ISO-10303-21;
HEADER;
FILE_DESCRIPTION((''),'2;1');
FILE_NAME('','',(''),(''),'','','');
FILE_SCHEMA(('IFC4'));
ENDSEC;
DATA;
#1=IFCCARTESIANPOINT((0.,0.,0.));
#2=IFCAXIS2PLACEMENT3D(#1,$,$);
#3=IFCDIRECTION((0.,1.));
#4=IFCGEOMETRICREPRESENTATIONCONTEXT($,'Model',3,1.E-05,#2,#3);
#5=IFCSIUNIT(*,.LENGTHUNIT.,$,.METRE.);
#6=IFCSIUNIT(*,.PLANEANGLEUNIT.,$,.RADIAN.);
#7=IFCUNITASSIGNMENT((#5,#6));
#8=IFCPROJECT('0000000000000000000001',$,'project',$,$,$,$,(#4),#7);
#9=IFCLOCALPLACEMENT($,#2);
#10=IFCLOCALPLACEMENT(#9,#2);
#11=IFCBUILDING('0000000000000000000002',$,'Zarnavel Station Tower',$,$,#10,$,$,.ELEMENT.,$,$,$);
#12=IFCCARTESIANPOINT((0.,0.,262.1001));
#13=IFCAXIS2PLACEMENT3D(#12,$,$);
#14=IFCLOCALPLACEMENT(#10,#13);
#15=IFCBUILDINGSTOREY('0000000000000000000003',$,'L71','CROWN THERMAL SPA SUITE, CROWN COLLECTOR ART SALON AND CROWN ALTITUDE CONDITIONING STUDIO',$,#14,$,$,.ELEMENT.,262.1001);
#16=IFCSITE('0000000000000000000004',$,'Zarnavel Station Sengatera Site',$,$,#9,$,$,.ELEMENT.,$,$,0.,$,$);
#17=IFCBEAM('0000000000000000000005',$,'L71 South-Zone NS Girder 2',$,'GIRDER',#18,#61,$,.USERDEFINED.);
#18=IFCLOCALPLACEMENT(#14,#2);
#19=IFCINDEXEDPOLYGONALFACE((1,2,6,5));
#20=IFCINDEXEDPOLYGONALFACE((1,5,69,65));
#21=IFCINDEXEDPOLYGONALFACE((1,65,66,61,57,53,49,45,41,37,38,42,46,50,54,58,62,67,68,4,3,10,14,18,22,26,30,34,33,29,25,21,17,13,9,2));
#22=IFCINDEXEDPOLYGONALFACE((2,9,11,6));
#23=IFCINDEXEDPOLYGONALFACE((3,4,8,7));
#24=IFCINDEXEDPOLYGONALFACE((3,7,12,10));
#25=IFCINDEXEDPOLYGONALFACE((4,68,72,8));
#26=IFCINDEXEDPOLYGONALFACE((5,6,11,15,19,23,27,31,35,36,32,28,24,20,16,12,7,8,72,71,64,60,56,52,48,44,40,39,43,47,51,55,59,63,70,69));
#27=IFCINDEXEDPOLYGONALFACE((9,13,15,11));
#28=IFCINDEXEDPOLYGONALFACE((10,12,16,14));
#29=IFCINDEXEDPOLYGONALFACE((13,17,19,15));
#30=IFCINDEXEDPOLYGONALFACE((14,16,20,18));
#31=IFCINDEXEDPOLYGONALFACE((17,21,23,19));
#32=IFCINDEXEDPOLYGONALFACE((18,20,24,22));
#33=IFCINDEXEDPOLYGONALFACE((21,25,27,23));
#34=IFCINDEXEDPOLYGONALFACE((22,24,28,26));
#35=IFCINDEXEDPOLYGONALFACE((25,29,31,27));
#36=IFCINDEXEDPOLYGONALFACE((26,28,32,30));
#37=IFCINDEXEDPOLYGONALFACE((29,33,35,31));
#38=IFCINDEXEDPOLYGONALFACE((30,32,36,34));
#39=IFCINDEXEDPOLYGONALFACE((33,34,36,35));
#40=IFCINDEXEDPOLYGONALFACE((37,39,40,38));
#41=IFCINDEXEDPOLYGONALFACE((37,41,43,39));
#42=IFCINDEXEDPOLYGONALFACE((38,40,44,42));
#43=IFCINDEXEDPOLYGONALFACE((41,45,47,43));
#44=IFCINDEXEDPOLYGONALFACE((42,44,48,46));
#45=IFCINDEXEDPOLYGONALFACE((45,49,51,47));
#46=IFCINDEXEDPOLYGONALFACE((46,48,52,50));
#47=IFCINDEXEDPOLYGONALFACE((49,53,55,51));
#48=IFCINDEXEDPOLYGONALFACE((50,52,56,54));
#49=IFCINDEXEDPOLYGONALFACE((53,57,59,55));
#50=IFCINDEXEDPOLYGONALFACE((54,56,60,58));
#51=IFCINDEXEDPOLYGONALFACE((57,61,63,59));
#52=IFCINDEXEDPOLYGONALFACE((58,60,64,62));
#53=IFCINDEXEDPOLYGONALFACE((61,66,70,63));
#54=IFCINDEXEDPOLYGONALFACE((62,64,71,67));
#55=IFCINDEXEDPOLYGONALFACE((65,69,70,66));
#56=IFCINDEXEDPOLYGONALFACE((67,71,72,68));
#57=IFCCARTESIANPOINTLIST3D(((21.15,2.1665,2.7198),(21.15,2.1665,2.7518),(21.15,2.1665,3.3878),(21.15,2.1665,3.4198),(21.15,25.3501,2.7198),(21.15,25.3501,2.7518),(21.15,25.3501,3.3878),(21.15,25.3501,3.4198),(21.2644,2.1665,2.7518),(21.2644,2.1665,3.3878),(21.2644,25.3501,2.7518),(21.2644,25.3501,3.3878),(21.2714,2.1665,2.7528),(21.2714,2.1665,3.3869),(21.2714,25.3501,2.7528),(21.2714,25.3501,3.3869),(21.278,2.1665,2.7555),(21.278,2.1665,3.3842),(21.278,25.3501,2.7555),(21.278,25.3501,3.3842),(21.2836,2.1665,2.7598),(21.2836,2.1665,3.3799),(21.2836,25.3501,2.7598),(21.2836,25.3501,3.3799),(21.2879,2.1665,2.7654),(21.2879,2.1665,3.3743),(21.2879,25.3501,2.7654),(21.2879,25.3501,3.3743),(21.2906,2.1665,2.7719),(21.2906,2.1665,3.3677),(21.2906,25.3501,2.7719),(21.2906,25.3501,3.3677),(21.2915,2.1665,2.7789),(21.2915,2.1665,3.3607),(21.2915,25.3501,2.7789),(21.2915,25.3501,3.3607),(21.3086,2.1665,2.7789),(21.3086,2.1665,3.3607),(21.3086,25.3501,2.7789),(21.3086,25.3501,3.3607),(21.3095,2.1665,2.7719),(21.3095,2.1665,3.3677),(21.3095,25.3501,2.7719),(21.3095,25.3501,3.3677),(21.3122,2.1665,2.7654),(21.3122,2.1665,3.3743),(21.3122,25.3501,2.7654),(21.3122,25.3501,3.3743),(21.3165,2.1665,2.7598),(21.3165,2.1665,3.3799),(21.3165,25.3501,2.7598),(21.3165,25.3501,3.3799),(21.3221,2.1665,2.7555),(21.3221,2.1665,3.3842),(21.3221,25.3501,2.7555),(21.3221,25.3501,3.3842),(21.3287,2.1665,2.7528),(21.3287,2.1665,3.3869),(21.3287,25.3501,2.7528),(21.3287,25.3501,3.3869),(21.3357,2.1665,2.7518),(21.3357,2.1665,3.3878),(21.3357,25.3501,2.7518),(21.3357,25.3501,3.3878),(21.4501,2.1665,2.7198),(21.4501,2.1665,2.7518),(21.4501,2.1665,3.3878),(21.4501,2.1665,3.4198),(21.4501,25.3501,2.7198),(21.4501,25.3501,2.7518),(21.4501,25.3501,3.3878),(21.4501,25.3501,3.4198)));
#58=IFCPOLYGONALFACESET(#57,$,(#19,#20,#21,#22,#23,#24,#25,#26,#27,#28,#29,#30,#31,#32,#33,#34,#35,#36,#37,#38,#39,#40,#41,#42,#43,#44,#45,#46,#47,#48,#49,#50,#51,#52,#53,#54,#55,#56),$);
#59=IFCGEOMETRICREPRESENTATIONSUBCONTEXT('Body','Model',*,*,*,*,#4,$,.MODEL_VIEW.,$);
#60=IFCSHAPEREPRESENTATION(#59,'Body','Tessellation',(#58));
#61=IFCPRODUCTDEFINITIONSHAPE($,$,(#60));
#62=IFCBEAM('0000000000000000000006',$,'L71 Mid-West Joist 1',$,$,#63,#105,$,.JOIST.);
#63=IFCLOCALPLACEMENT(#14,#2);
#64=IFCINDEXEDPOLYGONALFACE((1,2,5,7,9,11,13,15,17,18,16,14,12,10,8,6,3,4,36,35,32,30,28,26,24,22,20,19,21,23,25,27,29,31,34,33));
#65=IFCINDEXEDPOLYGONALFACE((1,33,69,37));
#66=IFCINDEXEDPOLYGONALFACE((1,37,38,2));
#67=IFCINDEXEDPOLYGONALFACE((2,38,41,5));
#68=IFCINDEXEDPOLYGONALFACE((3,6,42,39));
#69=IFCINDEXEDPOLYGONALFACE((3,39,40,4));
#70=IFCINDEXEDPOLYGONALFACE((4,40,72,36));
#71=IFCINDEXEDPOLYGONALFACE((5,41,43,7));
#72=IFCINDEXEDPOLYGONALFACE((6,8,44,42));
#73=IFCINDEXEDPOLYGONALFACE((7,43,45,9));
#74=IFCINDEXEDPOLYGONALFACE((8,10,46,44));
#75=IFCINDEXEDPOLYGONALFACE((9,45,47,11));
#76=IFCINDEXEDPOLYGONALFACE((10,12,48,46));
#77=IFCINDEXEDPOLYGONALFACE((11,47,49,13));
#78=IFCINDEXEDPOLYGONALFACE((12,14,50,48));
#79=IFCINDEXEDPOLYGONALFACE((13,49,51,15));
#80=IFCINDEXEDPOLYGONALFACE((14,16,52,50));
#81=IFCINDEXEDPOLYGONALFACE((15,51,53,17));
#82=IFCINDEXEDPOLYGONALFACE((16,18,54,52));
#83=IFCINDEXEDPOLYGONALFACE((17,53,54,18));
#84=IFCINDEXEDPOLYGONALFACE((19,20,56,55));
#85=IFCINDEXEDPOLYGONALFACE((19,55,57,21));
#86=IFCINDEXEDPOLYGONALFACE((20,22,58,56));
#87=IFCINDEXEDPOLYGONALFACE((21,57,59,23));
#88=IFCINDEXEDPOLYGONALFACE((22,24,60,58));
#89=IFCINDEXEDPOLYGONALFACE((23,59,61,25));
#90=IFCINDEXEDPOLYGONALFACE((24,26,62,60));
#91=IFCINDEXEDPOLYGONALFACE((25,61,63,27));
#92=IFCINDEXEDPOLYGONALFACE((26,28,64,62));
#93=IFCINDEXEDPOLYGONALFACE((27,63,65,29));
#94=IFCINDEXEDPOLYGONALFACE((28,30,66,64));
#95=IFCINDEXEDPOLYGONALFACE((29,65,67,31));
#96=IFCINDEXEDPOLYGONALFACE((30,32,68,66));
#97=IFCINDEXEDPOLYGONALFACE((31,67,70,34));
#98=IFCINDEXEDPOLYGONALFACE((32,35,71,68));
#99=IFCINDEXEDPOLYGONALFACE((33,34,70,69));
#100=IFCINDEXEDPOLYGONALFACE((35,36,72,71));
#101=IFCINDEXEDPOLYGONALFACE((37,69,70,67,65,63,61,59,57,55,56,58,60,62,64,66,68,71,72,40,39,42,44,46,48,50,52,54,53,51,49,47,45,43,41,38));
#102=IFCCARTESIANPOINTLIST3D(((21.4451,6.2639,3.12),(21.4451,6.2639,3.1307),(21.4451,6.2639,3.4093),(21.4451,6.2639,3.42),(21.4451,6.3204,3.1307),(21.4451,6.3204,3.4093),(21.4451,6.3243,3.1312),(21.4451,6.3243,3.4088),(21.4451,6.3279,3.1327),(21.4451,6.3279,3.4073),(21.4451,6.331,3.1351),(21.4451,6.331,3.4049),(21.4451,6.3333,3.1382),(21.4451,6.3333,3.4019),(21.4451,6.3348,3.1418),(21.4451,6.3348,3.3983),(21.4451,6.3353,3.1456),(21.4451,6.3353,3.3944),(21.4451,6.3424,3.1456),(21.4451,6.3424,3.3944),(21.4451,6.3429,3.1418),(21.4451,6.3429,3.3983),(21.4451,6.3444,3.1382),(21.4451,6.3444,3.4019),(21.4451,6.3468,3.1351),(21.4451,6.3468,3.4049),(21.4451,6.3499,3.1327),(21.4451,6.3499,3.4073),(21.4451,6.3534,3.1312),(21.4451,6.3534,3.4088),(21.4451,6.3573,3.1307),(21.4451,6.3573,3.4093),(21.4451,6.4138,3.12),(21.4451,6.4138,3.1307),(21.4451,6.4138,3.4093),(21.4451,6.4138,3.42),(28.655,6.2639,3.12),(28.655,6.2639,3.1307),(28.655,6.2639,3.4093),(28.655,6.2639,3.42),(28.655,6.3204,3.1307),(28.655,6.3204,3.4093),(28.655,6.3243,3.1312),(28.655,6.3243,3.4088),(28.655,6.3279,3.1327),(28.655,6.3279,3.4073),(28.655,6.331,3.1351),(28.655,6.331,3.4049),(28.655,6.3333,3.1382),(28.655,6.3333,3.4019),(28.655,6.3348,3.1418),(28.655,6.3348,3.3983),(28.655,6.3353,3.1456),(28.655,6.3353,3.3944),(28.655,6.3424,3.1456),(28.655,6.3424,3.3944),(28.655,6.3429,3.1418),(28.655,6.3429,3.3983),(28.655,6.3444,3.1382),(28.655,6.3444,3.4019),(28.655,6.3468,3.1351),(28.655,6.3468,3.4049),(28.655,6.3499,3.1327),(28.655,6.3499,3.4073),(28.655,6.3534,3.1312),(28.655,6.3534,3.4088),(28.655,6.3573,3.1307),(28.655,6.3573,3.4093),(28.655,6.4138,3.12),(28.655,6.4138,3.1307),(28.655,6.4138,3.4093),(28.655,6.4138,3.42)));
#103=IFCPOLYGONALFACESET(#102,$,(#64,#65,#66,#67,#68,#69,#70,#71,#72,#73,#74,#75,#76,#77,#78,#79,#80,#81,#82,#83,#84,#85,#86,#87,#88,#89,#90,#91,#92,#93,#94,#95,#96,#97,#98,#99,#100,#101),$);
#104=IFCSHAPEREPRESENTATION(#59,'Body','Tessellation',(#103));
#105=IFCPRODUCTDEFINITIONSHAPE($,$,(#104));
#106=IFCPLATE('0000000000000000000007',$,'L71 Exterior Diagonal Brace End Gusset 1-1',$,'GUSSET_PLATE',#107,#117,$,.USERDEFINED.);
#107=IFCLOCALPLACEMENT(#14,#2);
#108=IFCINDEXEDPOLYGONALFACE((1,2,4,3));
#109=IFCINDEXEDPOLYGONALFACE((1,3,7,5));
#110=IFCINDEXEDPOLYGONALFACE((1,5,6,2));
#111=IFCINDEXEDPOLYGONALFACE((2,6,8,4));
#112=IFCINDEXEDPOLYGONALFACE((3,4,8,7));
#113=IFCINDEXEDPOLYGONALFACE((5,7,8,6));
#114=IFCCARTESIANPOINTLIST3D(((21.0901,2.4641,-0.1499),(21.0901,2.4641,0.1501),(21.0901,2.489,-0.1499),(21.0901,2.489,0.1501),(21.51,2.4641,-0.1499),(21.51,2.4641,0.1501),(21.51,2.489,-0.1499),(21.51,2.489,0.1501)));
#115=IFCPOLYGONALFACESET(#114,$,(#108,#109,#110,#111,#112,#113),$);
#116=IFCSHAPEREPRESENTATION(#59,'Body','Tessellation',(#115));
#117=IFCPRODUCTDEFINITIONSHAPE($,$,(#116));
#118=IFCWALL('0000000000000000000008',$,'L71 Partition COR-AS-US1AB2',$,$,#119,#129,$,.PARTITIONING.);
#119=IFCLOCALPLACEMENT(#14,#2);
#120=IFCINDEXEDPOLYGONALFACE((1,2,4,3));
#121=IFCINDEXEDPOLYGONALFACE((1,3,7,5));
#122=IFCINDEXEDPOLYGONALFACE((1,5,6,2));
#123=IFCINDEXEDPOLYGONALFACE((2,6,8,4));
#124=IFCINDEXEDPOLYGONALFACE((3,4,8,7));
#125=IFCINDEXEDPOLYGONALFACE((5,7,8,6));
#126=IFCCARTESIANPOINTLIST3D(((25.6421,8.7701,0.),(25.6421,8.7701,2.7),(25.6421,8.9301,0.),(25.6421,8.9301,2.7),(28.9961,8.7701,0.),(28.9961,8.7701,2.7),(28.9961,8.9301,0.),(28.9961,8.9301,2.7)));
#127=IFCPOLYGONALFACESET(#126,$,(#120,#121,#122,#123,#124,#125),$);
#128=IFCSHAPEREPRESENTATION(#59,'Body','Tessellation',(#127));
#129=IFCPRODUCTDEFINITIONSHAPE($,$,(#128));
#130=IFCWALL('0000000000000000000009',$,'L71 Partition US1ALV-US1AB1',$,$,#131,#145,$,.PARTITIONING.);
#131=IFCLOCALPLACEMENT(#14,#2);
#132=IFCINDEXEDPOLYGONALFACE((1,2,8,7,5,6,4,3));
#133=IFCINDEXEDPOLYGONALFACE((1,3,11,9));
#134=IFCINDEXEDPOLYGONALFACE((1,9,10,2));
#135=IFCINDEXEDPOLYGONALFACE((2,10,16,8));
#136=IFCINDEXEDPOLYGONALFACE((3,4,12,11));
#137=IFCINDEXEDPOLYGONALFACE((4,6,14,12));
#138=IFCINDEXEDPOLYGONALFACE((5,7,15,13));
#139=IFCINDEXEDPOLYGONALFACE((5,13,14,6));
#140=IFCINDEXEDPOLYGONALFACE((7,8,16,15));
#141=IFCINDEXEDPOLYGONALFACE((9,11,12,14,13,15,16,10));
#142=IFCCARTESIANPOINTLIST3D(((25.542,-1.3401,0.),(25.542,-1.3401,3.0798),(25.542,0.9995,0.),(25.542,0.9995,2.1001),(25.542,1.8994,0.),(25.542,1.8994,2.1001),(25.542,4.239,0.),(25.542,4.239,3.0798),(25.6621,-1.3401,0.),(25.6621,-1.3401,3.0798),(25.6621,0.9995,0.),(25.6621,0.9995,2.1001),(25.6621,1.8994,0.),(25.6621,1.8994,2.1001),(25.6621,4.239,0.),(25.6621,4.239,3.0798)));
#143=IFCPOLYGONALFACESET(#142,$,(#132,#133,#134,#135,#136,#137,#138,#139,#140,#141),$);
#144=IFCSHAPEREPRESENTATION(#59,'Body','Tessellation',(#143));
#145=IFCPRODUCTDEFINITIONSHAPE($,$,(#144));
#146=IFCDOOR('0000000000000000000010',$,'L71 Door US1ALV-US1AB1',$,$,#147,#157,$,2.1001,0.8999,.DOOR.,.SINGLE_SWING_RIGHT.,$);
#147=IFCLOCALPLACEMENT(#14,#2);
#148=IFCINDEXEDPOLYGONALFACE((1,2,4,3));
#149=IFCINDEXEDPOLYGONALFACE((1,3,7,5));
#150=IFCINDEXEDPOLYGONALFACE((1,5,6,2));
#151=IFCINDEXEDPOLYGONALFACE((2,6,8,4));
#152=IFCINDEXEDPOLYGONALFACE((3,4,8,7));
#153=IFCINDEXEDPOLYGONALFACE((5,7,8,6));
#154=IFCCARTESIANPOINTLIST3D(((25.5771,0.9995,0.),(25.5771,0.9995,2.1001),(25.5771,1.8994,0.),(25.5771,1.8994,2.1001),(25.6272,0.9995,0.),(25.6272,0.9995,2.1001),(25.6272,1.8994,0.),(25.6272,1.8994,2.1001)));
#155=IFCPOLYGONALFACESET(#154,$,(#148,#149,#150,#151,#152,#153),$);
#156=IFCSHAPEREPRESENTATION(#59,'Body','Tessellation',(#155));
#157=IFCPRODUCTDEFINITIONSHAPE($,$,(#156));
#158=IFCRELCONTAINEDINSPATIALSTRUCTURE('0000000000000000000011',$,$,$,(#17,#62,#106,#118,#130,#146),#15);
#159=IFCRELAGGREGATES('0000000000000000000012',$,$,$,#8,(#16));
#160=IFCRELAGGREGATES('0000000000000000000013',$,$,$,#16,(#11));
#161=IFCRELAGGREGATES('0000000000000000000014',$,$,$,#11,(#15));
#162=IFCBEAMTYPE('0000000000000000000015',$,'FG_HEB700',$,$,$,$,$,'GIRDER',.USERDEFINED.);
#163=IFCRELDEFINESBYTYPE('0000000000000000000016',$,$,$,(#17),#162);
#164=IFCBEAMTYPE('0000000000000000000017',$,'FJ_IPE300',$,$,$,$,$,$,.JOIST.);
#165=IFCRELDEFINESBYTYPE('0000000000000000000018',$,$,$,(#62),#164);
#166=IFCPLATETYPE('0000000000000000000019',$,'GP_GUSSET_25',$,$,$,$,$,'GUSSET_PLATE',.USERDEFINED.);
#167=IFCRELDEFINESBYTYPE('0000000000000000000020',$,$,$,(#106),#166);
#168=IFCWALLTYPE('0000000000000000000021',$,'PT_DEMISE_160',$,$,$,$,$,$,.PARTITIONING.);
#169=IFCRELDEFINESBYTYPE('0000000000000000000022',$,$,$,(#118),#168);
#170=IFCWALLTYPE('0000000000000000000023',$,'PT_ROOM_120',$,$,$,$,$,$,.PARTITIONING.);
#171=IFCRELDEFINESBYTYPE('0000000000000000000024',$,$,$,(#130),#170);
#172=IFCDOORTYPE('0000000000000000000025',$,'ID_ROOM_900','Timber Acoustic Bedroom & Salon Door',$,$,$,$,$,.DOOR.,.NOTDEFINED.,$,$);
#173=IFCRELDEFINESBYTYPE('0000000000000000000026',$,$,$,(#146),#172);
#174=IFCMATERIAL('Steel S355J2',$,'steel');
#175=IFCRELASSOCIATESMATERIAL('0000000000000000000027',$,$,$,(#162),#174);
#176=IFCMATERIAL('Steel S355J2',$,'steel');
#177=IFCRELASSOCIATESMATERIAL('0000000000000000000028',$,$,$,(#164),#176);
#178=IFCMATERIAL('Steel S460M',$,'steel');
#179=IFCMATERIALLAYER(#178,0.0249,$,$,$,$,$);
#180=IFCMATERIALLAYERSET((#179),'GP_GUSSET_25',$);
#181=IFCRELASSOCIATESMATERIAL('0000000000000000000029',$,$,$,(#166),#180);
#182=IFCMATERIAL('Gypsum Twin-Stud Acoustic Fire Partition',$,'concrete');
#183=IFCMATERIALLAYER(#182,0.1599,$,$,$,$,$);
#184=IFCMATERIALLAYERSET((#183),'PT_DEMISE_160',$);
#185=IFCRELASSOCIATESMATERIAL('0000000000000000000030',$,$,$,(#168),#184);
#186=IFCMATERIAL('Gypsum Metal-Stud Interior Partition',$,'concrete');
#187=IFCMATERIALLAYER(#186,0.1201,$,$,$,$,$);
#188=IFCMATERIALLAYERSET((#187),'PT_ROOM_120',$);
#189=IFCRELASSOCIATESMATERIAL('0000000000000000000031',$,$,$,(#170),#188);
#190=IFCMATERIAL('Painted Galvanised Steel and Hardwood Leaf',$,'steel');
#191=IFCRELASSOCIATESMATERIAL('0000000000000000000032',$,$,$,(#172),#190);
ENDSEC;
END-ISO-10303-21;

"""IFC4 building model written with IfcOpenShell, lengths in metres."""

from ifc_helpers import new_model, si_unit, direction, frame, frame_2d, origin, origin_2d, place, context, subcontext, project, spatial, rectangle, i_section, extrude, material, layer, layer_set, material_profile, profile_set, type_object, element, fill, save


model = new_model("IFC4")

# Units and contexts
model_context = context("Model", 3, precision=1e-05, world=origin(), true_north=direction((0.0, 1.0)))
body_context = subcontext(model_context, "Body", "Model", "MODEL_VIEW")
ifc_project = project(units=[si_unit("LENGTHUNIT", "METRE"), si_unit("PLANEANGLEUNIT", "RADIAN")], contexts=[model_context])

# Site, building, storey
site_placement = place(None, origin())
site = spatial("IfcSite", under=ifc_project, at=site_placement, Name="Zarnavel Station Sengatera Site", CompositionType="ELEMENT", RefElevation=0.0)
building_placement = place(site_placement, origin())
building = spatial("IfcBuilding", under=site, at=building_placement, Name="Zarnavel Station Tower", CompositionType="ELEMENT")
storey_placement = place(building_placement, frame((0.0, 0.0, 262.1001)))
storey = spatial("IfcBuildingStorey", under=building, at=storey_placement, Name="L71", Description="CROWN THERMAL SPA SUITE, CROWN COLLECTOR ART SALON AND CROWN ALTITUDE CONDITIONING STUDIO", CompositionType="ELEMENT", Elevation=262.1001)

# Beams
ifc_material_1 = material(Name="Steel S355J2", Category="steel")
ifc_material_profile_1 = material_profile(ifc_material_1, i_section(OverallWidth=0.3, OverallDepth=0.7, WebThickness=0.0171, FlangeThickness=0.032, FilletRadius=0.0271, at=origin_2d()), Name="HEB700")
ifc_profile_set_1 = profile_set([ifc_material_profile_1], Name="Steel S355J2")
beam_type_1 = type_object("IfcBeamType", Name="FG_HEB700", ElementType="GIRDER", PredefinedType="USERDEFINED", material=ifc_profile_set_1)
beam_1_placement = place(storey_placement, frame((21.3, 2.1665, 3.0698), z_axis=(0.0, 1.0, 0.0), x_axis=(-1.0, 0.0, 0.0)))
element("IfcBeam", 1, at=beam_1_placement, inside=storey, type_object=beam_type_1, Name="L71 South-Zone NS Girder 2", ObjectType="GIRDER", PredefinedType="USERDEFINED", context=body_context, shape_type="SweptSolid", body=[
    extrude(i_section(OverallWidth=0.3, OverallDepth=0.7, WebThickness=0.0171, FlangeThickness=0.032, FilletRadius=0.0271, at=origin_2d()), origin(), (0.0, 0.0, 1.0), 23.1836),
])
ifc_material_2 = material(Name="Steel S355J2", Category="steel")
ifc_material_profile_2 = material_profile(ifc_material_2, i_section(OverallWidth=0.1499, OverallDepth=0.3, WebThickness=0.0071, FlangeThickness=0.0107, FilletRadius=0.0149, at=origin_2d()), Name="IPE300")
ifc_profile_set_2 = profile_set([ifc_material_profile_2], Name="Steel S355J2")
beam_type_2 = type_object("IfcBeamType", Name="FJ_IPE300", PredefinedType="JOIST", material=ifc_profile_set_2)
beam_2_placement = place(storey_placement, frame((21.4451, 6.3389, 3.27), z_axis=(1.0, 0.0, 0.0), x_axis=(0.0, 1.0, 0.0)))
element("IfcBeam", 2, at=beam_2_placement, inside=storey, type_object=beam_type_2, Name="L71 Mid-West Joist 1", PredefinedType="JOIST", context=body_context, shape_type="SweptSolid", body=[
    extrude(i_section(OverallWidth=0.1499, OverallDepth=0.3, WebThickness=0.0071, FlangeThickness=0.0107, FilletRadius=0.0149, at=origin_2d()), origin(), (0.0, 0.0, 1.0), 7.21),
])

# Plate
ifc_material_3 = material(Name="Steel S460M", Category="steel")
ifc_layer_1 = layer(ifc_material_3, 0.0249)
ifc_layer_set_1 = layer_set([ifc_layer_1], Name="GP_GUSSET_25")
plate_type = type_object("IfcPlateType", Name="GP_GUSSET_25", ElementType="GUSSET_PLATE", PredefinedType="USERDEFINED", material=ifc_layer_set_1)
plate_placement = place(storey_placement, frame((21.3, 2.4766, -0.1499), z_axis=(0.0, 0.0, 1.0), x_axis=(1.0, 0.0, 0.0)))
element("IfcPlate", 3, at=plate_placement, inside=storey, type_object=plate_type, Name="L71 Exterior Diagonal Brace End Gusset 1-1", ObjectType="GUSSET_PLATE", PredefinedType="USERDEFINED", context=body_context, shape_type="SweptSolid", body=[
    extrude(rectangle(XDim=0.4199, YDim=0.0249, at=origin_2d()), origin(), (0.0, 0.0, 1.0), 0.3),
])

# Shared definitions
ifc_material_4 = material(Name="Gypsum Twin-Stud Acoustic Fire Partition", Category="concrete")
ifc_layer_2 = layer(ifc_material_4, 0.1599)
ifc_layer_set_2 = layer_set([ifc_layer_2], Name="PT_DEMISE_160")
wall_type_1 = type_object("IfcWallType", Name="PT_DEMISE_160", PredefinedType="PARTITIONING", material=ifc_layer_set_2)

# Wall
wall_1_placement = place(storey_placement, frame((25.6421, 8.8501, 0.0), z_axis=(0.0, 0.0, 1.0), x_axis=(1.0, 0.0, 0.0)))
element("IfcWall", 4, at=wall_1_placement, inside=storey, type_object=wall_type_1, Name="L71 Partition COR-AS-US1AB2", PredefinedType="PARTITIONING", context=body_context, shape_type="SweptSolid", body=[
    extrude(rectangle(XDim=3.354, YDim=0.1599, at=frame_2d((1.677, 0.0))), origin(), (0.0, 0.0, 1.0), 2.7),
])

# Wall, opening, door
ifc_material_5 = material(Name="Gypsum Metal-Stud Interior Partition", Category="concrete")
ifc_layer_3 = layer(ifc_material_5, 0.1201)
ifc_layer_set_3 = layer_set([ifc_layer_3], Name="PT_ROOM_120")
wall_type_2 = type_object("IfcWallType", Name="PT_ROOM_120", PredefinedType="PARTITIONING", material=ifc_layer_set_3)
wall_2_placement = place(storey_placement, frame((25.6021, -1.3401, 0.0), z_axis=(0.0, 0.0, 1.0), x_axis=(0.0, 1.0, 0.0)))
wall_2 = element("IfcWall", 5, at=wall_2_placement, inside=storey, type_object=wall_type_2, Name="L71 Partition US1ALV-US1AB1", PredefinedType="PARTITIONING", context=body_context, shape_type="SweptSolid", body=[
    extrude(rectangle(XDim=5.5791, YDim=0.1201, at=frame_2d((2.7896, 0.0))), origin(), (0.0, 0.0, 1.0), 3.0798),
])
opening_1_placement = place(wall_2_placement, frame((2.3396, 0.0, 0.0)))
opening_1 = element("IfcOpeningElement", 6, at=opening_1_placement, cuts=wall_2, PredefinedType="OPENING", context=body_context, shape_type="SweptSolid", body=[
    extrude(rectangle(XDim=0.8999, YDim=2.1001, at=frame_2d((0.45, 1.05))), frame((0.0, 0.0701, 0.0), z_axis=(0.0, -1.0, 0.0), x_axis=(1.0, 0.0, 0.0)), (0.0, 0.0, 1.0), 0.1401),
])
ifc_material_6 = material(Name="Painted Galvanised Steel and Hardwood Leaf", Category="steel")
door_type_1 = type_object("IfcDoorType", Name="ID_ROOM_900", Description="Timber Acoustic Bedroom & Salon Door", OperationType="NOTDEFINED", PredefinedType="DOOR", material=ifc_material_6)
door_1_placement = place(opening_1_placement, origin())
door_1 = element("IfcDoor", 7, at=door_1_placement, inside=storey, type_object=door_type_1, Name="L71 Door US1ALV-US1AB1", OperationType="SINGLE_SWING_RIGHT", OverallHeight=2.1001, OverallWidth=0.8999, PredefinedType="DOOR", context=body_context, shape_type="SweptSolid", body=[
    extrude(rectangle(XDim=0.8999, YDim=2.1001, at=frame_2d((0.45, 1.05))), frame((0.0, 0.0249, 0.0), z_axis=(0.0, -1.0, 0.0), x_axis=(1.0, 0.0, 0.0)), (0.0, 0.0, 1.0), 0.05),
])
fill(opening_1, door_1)

save(model, "model.ifc")
